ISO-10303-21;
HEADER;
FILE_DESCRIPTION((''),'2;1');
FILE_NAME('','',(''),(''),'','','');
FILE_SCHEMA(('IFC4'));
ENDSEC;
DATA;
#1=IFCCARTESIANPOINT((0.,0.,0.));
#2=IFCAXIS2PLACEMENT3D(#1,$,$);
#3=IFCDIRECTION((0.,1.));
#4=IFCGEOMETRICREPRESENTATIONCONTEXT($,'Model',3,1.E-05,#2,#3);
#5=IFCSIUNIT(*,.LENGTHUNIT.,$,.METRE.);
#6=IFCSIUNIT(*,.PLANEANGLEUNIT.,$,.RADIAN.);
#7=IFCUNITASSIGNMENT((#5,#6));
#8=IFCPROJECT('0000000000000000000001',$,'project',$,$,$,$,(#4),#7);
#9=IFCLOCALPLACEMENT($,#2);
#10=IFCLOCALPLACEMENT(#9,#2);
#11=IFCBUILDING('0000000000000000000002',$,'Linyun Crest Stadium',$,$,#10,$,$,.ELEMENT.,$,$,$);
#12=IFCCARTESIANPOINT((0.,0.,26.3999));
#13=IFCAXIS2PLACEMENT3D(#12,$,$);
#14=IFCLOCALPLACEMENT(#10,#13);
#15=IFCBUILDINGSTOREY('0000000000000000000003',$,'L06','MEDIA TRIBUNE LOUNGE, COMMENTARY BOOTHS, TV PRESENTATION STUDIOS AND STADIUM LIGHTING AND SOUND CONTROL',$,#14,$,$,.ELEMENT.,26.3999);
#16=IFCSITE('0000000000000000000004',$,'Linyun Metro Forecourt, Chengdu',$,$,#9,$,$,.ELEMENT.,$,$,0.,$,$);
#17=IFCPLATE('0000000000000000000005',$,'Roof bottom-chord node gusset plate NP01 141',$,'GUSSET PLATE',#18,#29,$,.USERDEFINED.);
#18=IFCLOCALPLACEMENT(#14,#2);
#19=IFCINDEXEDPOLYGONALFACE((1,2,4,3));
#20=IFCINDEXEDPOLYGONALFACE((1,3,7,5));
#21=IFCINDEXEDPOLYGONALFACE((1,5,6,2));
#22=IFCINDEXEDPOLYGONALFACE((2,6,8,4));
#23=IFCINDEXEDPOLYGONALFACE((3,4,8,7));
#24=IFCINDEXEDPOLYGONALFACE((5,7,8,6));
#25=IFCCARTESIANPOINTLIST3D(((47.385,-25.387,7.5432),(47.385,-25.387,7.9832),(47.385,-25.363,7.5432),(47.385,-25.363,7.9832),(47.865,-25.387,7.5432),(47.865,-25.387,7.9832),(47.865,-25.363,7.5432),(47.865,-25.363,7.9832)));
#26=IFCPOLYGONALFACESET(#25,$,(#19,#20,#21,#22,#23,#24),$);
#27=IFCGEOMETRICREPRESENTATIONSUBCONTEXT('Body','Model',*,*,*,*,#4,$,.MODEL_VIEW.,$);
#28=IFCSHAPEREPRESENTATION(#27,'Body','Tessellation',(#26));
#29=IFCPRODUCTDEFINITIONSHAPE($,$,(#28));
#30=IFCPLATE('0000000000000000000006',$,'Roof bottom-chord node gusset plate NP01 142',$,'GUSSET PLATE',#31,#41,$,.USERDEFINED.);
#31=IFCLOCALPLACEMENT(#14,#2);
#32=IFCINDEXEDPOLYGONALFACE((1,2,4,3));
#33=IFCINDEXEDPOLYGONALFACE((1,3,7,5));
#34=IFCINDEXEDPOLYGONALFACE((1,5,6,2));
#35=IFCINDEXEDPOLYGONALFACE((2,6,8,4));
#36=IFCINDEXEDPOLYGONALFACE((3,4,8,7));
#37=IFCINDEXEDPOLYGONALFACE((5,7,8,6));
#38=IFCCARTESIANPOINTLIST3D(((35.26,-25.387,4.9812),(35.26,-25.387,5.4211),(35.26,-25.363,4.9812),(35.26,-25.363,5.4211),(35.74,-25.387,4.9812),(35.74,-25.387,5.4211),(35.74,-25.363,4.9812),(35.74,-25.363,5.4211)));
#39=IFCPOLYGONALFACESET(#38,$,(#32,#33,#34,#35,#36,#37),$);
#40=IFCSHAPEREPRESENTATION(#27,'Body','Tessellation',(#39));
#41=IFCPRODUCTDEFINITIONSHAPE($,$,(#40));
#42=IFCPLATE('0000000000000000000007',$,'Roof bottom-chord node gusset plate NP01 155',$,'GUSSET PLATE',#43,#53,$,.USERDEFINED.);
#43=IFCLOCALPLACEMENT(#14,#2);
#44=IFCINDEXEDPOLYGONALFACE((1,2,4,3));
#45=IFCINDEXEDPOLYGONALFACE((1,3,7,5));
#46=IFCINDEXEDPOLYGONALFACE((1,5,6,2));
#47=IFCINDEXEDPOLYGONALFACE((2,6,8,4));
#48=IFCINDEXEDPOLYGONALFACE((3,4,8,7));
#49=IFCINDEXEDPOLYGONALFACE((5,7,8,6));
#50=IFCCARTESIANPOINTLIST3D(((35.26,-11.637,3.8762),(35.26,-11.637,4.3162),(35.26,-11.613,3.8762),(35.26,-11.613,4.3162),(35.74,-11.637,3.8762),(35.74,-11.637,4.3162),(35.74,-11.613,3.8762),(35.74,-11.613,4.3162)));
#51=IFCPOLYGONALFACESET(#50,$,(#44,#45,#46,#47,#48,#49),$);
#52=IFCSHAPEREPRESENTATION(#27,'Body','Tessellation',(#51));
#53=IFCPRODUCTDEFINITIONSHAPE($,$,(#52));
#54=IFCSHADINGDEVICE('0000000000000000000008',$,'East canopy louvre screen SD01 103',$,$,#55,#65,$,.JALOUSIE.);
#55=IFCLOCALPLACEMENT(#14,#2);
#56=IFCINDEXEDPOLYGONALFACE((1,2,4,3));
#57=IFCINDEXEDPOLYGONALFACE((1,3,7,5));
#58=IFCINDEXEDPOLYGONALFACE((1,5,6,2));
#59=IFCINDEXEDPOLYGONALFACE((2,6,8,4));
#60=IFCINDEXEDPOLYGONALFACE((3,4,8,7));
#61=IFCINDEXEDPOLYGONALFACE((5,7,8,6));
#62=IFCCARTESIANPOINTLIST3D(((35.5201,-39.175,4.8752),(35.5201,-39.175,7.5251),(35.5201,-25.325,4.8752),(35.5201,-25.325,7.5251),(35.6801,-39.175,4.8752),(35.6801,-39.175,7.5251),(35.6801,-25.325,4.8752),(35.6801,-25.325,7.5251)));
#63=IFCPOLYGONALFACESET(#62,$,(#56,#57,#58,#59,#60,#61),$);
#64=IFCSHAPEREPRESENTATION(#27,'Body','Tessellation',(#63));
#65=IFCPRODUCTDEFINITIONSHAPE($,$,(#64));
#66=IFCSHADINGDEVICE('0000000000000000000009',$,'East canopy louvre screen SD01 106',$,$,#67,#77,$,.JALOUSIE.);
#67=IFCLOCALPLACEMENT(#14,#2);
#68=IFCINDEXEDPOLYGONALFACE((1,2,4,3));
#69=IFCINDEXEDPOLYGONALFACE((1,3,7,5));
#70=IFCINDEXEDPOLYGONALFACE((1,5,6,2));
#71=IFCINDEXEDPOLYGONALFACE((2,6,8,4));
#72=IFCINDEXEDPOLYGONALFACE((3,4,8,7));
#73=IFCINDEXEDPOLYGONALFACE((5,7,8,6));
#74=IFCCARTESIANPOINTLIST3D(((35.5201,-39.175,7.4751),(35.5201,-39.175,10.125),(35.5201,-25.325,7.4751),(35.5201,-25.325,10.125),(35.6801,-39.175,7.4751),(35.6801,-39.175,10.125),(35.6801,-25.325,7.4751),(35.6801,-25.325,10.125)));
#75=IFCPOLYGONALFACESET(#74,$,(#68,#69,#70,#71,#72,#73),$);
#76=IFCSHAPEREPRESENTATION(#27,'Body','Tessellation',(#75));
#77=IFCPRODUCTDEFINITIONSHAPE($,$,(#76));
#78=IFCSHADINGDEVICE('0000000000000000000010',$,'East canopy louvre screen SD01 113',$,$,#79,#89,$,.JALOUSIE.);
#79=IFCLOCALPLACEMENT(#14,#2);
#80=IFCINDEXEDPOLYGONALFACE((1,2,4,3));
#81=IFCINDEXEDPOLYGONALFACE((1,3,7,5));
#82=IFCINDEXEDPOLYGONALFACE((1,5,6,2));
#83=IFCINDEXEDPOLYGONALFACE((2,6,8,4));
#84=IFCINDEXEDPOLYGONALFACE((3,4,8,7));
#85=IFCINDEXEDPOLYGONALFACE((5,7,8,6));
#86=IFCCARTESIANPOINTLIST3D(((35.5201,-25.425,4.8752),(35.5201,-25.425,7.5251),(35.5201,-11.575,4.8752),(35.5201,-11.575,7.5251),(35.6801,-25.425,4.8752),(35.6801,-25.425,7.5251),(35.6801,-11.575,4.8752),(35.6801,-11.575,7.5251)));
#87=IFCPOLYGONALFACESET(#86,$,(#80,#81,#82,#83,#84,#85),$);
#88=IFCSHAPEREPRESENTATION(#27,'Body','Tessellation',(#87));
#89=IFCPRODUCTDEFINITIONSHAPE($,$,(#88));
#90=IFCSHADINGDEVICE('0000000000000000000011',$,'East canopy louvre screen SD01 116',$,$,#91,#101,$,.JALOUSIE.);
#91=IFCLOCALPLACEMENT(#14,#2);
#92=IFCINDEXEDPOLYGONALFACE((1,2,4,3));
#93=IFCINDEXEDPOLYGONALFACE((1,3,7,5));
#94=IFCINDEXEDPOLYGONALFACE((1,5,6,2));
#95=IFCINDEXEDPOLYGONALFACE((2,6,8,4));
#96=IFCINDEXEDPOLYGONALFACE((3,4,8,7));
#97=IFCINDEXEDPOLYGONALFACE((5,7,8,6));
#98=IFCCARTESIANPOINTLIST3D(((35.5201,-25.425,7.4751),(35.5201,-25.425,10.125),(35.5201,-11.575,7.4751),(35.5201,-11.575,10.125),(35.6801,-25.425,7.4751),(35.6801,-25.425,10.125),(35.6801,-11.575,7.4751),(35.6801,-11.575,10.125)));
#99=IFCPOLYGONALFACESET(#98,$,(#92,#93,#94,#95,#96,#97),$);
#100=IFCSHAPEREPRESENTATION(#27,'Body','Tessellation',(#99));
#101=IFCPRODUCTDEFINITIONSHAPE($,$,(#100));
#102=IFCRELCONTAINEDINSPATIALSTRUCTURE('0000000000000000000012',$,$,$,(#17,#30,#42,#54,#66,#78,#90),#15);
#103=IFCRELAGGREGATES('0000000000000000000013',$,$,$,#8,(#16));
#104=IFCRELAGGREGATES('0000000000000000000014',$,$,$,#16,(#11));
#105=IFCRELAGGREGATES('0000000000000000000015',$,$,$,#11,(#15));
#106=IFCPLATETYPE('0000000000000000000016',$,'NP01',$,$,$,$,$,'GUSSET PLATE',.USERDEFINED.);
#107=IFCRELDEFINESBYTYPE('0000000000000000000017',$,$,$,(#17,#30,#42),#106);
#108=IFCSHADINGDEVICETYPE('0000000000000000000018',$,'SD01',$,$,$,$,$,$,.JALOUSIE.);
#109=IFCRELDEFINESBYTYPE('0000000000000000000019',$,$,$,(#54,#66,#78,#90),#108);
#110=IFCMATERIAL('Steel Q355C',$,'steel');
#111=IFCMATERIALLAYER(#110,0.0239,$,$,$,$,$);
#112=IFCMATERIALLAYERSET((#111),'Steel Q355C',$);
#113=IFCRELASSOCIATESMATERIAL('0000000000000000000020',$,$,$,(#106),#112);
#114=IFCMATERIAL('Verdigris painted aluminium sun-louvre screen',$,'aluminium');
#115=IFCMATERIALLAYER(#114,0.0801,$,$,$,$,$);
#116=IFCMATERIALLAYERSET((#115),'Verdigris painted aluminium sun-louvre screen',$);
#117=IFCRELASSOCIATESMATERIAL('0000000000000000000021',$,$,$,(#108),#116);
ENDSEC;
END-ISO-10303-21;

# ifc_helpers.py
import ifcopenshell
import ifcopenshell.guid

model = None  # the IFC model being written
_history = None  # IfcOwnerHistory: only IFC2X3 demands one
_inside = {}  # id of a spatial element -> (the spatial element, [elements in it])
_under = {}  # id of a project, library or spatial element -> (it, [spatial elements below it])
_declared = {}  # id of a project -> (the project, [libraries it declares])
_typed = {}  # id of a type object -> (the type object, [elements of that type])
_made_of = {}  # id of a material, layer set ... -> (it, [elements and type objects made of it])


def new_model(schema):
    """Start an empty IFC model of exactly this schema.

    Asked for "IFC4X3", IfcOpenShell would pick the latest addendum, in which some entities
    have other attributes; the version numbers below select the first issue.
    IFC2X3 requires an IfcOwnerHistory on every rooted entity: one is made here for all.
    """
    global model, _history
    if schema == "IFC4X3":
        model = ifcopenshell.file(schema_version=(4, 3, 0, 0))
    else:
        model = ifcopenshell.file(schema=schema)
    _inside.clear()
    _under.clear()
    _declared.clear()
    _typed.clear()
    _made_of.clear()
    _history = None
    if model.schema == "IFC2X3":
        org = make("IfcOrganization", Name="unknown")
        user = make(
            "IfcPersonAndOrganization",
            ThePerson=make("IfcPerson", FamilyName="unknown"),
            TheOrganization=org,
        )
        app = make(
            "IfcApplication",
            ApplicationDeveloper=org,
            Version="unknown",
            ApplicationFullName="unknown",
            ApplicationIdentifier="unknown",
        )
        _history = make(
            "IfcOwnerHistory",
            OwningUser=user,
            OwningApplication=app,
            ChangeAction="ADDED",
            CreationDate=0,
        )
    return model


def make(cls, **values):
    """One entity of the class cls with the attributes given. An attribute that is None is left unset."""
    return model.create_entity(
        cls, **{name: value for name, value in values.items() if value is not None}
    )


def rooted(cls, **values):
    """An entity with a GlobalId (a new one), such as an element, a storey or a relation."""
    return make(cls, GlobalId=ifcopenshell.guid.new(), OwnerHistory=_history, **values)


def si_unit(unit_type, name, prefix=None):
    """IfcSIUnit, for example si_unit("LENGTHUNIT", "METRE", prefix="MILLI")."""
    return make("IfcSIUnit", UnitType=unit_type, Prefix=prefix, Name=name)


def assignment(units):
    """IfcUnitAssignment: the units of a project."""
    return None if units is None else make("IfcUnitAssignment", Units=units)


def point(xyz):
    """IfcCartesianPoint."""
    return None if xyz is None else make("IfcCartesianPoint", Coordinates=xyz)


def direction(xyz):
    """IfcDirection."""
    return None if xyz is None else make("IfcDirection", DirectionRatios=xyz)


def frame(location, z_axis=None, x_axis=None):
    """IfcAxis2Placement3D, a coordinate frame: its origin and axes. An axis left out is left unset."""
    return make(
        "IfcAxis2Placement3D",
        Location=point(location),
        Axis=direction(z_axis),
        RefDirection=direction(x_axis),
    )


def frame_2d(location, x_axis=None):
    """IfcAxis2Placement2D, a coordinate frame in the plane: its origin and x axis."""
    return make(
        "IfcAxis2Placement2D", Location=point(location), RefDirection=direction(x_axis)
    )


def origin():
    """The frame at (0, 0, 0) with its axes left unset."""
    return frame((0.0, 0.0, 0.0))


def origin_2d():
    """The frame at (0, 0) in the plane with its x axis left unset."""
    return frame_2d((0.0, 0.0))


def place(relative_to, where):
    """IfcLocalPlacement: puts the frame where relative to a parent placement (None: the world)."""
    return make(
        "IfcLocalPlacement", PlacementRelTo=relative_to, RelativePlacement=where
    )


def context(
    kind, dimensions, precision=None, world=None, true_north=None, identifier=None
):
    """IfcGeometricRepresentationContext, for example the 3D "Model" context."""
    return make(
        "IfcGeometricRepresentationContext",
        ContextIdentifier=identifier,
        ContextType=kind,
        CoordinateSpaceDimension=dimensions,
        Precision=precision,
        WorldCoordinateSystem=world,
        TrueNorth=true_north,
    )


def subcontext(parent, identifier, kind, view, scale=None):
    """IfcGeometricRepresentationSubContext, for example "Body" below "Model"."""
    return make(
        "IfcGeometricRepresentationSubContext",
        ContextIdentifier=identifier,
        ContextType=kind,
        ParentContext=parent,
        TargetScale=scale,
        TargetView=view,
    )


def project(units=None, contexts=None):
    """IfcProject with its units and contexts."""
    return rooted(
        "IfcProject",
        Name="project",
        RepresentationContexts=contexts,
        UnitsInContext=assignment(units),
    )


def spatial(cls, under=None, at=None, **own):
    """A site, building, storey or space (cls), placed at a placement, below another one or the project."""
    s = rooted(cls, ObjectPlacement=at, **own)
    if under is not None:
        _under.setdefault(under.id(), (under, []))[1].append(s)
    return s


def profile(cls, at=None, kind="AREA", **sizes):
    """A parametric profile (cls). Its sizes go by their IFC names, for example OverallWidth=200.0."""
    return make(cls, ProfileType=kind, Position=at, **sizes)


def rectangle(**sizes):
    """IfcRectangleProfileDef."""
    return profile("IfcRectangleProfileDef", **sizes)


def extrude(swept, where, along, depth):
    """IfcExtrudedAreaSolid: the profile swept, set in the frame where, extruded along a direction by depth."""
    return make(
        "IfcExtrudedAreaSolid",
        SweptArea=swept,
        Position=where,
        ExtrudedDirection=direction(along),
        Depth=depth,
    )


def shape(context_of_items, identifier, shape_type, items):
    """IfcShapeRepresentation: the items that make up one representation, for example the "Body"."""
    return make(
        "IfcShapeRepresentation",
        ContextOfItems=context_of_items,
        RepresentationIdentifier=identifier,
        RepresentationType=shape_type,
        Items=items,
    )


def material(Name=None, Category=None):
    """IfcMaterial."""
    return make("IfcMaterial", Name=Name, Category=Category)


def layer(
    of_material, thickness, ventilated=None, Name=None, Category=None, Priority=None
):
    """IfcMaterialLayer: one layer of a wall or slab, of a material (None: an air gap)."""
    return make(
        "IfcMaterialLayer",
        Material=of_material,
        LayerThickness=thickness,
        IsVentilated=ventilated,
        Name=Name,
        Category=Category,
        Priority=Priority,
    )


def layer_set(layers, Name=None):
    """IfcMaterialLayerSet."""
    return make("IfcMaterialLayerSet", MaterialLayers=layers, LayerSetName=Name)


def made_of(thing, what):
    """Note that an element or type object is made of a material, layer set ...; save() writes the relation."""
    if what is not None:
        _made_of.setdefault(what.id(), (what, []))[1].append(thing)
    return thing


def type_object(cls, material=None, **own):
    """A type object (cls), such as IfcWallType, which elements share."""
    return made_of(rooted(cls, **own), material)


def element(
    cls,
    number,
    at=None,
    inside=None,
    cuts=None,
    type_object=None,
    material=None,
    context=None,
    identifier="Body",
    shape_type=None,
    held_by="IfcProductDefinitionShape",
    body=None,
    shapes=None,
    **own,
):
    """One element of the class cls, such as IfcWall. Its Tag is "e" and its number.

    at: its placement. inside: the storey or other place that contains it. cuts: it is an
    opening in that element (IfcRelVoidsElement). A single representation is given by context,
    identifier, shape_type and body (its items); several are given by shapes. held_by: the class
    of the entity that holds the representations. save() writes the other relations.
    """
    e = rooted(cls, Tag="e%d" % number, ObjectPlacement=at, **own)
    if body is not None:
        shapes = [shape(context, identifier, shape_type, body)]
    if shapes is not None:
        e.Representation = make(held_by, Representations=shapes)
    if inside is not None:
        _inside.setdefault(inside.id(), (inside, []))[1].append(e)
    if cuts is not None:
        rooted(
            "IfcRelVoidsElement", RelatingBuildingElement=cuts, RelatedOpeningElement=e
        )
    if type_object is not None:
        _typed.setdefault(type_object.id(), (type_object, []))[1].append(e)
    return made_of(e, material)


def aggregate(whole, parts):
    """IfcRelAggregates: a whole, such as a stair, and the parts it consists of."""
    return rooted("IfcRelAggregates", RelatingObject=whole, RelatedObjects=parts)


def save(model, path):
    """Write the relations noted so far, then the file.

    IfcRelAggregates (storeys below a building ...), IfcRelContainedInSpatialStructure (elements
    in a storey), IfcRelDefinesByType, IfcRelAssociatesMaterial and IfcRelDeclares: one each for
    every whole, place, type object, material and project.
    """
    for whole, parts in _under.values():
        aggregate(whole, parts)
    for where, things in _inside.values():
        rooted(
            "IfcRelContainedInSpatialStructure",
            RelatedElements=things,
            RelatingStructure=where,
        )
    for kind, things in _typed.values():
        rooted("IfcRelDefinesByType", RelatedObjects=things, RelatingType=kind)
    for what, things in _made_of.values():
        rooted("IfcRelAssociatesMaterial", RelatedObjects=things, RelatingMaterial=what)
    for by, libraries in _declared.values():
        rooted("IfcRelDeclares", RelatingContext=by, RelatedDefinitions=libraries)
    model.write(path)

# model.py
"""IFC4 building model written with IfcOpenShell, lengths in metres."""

from ifc_helpers import new_model, si_unit, direction, frame, origin, origin_2d, place, context, subcontext, project, spatial, rectangle, extrude, material, layer, layer_set, type_object, element, save


model = new_model("IFC4")

# Units and contexts
model_context = context("Model", 3, precision=1e-05, world=origin(), true_north=direction((0.0, 1.0)))
body_context = subcontext(model_context, "Body", "Model", "MODEL_VIEW")
ifc_project = project(units=[si_unit("LENGTHUNIT", "METRE"), si_unit("PLANEANGLEUNIT", "RADIAN")], contexts=[model_context])

# Site, building, storey
site_placement = place(None, origin())
site = spatial("IfcSite", under=ifc_project, at=site_placement, Name="Linyun Metro Forecourt, Chengdu", CompositionType="ELEMENT", RefElevation=0.0)
building_placement = place(site_placement, origin())
building = spatial("IfcBuilding", under=site, at=building_placement, Name="Linyun Crest Stadium", CompositionType="ELEMENT")
storey_placement = place(building_placement, frame((0.0, 0.0, 26.3999)))
storey = spatial("IfcBuildingStorey", under=building, at=storey_placement, Name="L06", Description="MEDIA TRIBUNE LOUNGE, COMMENTARY BOOTHS, TV PRESENTATION STUDIOS AND STADIUM LIGHTING AND SOUND CONTROL", CompositionType="ELEMENT", Elevation=26.3999)

# Plates
ifc_material_1 = material(Name="Steel Q355C", Category="steel")
ifc_layer_1 = layer(ifc_material_1, 0.0239)
ifc_layer_set_1 = layer_set([ifc_layer_1], Name="Steel Q355C")
plate_type_1 = type_object("IfcPlateType", Name="NP01", ElementType="GUSSET PLATE", PredefinedType="USERDEFINED", material=ifc_layer_set_1)
for number, where, z_axis, x_axis, name in (
    (1, (47.625, -25.375, 7.5432), (0.0, 0.0, 1.0), (1.0, 0.0, 0.0), "Roof bottom-chord node gusset plate NP01 141"),
    (2, (35.5, -25.375, 4.9812), (0.0, 0.0, 1.0), (1.0, 0.0, 0.0), "Roof bottom-chord node gusset plate NP01 142"),
    (3, (35.5, -11.625, 3.8762), (0.0, 0.0, 1.0), (1.0, 0.0, 0.0), "Roof bottom-chord node gusset plate NP01 155"),
):
    element("IfcPlate", number, at=place(storey_placement, frame(where, z_axis=z_axis, x_axis=x_axis)), inside=storey, type_object=plate_type_1, Name=name, ObjectType="GUSSET PLATE", PredefinedType="USERDEFINED", context=body_context, shape_type="SweptSolid", body=[
        extrude(rectangle(XDim=0.48, YDim=0.0239, at=origin_2d()), origin(), (0.0, 0.0, 1.0), 0.4399),
    ])

# Shading devices
ifc_material_2 = material(Name="Verdigris painted aluminium sun-louvre screen", Category="aluminium")
ifc_layer_2 = layer(ifc_material_2, 0.0801)
ifc_layer_set_2 = layer_set([ifc_layer_2], Name="Verdigris painted aluminium sun-louvre screen")
shading_device_type = type_object("IfcShadingDeviceType", Name="SD01", PredefinedType="JALOUSIE", material=ifc_layer_set_2)
for number, where, z_axis, x_axis, name in (
    (4, (35.6001, -32.25, 4.8752), (0.0, 0.0, 1.0), (1.0, 0.0, 0.0), "East canopy louvre screen SD01 103"),
    (5, (35.6001, -32.25, 7.4751), (0.0, 0.0, 1.0), (1.0, 0.0, 0.0), "East canopy louvre screen SD01 106"),
    (6, (35.6001, -18.5, 4.8752), (0.0, 0.0, 1.0), (1.0, 0.0, 0.0), "East canopy louvre screen SD01 113"),
    (7, (35.6001, -18.5, 7.4751), (0.0, 0.0, 1.0), (1.0, 0.0, 0.0), "East canopy louvre screen SD01 116"),
):
    element("IfcShadingDevice", number, at=place(storey_placement, frame(where, z_axis=z_axis, x_axis=x_axis)), inside=storey, type_object=shading_device_type, Name=name, PredefinedType="JALOUSIE", context=body_context, shape_type="SweptSolid", body=[
        extrude(rectangle(XDim=0.1599, YDim=13.8501, at=origin_2d()), origin(), (0.0, 0.0, 1.0), 2.6499),
    ])

save(model, "model.ifc")
